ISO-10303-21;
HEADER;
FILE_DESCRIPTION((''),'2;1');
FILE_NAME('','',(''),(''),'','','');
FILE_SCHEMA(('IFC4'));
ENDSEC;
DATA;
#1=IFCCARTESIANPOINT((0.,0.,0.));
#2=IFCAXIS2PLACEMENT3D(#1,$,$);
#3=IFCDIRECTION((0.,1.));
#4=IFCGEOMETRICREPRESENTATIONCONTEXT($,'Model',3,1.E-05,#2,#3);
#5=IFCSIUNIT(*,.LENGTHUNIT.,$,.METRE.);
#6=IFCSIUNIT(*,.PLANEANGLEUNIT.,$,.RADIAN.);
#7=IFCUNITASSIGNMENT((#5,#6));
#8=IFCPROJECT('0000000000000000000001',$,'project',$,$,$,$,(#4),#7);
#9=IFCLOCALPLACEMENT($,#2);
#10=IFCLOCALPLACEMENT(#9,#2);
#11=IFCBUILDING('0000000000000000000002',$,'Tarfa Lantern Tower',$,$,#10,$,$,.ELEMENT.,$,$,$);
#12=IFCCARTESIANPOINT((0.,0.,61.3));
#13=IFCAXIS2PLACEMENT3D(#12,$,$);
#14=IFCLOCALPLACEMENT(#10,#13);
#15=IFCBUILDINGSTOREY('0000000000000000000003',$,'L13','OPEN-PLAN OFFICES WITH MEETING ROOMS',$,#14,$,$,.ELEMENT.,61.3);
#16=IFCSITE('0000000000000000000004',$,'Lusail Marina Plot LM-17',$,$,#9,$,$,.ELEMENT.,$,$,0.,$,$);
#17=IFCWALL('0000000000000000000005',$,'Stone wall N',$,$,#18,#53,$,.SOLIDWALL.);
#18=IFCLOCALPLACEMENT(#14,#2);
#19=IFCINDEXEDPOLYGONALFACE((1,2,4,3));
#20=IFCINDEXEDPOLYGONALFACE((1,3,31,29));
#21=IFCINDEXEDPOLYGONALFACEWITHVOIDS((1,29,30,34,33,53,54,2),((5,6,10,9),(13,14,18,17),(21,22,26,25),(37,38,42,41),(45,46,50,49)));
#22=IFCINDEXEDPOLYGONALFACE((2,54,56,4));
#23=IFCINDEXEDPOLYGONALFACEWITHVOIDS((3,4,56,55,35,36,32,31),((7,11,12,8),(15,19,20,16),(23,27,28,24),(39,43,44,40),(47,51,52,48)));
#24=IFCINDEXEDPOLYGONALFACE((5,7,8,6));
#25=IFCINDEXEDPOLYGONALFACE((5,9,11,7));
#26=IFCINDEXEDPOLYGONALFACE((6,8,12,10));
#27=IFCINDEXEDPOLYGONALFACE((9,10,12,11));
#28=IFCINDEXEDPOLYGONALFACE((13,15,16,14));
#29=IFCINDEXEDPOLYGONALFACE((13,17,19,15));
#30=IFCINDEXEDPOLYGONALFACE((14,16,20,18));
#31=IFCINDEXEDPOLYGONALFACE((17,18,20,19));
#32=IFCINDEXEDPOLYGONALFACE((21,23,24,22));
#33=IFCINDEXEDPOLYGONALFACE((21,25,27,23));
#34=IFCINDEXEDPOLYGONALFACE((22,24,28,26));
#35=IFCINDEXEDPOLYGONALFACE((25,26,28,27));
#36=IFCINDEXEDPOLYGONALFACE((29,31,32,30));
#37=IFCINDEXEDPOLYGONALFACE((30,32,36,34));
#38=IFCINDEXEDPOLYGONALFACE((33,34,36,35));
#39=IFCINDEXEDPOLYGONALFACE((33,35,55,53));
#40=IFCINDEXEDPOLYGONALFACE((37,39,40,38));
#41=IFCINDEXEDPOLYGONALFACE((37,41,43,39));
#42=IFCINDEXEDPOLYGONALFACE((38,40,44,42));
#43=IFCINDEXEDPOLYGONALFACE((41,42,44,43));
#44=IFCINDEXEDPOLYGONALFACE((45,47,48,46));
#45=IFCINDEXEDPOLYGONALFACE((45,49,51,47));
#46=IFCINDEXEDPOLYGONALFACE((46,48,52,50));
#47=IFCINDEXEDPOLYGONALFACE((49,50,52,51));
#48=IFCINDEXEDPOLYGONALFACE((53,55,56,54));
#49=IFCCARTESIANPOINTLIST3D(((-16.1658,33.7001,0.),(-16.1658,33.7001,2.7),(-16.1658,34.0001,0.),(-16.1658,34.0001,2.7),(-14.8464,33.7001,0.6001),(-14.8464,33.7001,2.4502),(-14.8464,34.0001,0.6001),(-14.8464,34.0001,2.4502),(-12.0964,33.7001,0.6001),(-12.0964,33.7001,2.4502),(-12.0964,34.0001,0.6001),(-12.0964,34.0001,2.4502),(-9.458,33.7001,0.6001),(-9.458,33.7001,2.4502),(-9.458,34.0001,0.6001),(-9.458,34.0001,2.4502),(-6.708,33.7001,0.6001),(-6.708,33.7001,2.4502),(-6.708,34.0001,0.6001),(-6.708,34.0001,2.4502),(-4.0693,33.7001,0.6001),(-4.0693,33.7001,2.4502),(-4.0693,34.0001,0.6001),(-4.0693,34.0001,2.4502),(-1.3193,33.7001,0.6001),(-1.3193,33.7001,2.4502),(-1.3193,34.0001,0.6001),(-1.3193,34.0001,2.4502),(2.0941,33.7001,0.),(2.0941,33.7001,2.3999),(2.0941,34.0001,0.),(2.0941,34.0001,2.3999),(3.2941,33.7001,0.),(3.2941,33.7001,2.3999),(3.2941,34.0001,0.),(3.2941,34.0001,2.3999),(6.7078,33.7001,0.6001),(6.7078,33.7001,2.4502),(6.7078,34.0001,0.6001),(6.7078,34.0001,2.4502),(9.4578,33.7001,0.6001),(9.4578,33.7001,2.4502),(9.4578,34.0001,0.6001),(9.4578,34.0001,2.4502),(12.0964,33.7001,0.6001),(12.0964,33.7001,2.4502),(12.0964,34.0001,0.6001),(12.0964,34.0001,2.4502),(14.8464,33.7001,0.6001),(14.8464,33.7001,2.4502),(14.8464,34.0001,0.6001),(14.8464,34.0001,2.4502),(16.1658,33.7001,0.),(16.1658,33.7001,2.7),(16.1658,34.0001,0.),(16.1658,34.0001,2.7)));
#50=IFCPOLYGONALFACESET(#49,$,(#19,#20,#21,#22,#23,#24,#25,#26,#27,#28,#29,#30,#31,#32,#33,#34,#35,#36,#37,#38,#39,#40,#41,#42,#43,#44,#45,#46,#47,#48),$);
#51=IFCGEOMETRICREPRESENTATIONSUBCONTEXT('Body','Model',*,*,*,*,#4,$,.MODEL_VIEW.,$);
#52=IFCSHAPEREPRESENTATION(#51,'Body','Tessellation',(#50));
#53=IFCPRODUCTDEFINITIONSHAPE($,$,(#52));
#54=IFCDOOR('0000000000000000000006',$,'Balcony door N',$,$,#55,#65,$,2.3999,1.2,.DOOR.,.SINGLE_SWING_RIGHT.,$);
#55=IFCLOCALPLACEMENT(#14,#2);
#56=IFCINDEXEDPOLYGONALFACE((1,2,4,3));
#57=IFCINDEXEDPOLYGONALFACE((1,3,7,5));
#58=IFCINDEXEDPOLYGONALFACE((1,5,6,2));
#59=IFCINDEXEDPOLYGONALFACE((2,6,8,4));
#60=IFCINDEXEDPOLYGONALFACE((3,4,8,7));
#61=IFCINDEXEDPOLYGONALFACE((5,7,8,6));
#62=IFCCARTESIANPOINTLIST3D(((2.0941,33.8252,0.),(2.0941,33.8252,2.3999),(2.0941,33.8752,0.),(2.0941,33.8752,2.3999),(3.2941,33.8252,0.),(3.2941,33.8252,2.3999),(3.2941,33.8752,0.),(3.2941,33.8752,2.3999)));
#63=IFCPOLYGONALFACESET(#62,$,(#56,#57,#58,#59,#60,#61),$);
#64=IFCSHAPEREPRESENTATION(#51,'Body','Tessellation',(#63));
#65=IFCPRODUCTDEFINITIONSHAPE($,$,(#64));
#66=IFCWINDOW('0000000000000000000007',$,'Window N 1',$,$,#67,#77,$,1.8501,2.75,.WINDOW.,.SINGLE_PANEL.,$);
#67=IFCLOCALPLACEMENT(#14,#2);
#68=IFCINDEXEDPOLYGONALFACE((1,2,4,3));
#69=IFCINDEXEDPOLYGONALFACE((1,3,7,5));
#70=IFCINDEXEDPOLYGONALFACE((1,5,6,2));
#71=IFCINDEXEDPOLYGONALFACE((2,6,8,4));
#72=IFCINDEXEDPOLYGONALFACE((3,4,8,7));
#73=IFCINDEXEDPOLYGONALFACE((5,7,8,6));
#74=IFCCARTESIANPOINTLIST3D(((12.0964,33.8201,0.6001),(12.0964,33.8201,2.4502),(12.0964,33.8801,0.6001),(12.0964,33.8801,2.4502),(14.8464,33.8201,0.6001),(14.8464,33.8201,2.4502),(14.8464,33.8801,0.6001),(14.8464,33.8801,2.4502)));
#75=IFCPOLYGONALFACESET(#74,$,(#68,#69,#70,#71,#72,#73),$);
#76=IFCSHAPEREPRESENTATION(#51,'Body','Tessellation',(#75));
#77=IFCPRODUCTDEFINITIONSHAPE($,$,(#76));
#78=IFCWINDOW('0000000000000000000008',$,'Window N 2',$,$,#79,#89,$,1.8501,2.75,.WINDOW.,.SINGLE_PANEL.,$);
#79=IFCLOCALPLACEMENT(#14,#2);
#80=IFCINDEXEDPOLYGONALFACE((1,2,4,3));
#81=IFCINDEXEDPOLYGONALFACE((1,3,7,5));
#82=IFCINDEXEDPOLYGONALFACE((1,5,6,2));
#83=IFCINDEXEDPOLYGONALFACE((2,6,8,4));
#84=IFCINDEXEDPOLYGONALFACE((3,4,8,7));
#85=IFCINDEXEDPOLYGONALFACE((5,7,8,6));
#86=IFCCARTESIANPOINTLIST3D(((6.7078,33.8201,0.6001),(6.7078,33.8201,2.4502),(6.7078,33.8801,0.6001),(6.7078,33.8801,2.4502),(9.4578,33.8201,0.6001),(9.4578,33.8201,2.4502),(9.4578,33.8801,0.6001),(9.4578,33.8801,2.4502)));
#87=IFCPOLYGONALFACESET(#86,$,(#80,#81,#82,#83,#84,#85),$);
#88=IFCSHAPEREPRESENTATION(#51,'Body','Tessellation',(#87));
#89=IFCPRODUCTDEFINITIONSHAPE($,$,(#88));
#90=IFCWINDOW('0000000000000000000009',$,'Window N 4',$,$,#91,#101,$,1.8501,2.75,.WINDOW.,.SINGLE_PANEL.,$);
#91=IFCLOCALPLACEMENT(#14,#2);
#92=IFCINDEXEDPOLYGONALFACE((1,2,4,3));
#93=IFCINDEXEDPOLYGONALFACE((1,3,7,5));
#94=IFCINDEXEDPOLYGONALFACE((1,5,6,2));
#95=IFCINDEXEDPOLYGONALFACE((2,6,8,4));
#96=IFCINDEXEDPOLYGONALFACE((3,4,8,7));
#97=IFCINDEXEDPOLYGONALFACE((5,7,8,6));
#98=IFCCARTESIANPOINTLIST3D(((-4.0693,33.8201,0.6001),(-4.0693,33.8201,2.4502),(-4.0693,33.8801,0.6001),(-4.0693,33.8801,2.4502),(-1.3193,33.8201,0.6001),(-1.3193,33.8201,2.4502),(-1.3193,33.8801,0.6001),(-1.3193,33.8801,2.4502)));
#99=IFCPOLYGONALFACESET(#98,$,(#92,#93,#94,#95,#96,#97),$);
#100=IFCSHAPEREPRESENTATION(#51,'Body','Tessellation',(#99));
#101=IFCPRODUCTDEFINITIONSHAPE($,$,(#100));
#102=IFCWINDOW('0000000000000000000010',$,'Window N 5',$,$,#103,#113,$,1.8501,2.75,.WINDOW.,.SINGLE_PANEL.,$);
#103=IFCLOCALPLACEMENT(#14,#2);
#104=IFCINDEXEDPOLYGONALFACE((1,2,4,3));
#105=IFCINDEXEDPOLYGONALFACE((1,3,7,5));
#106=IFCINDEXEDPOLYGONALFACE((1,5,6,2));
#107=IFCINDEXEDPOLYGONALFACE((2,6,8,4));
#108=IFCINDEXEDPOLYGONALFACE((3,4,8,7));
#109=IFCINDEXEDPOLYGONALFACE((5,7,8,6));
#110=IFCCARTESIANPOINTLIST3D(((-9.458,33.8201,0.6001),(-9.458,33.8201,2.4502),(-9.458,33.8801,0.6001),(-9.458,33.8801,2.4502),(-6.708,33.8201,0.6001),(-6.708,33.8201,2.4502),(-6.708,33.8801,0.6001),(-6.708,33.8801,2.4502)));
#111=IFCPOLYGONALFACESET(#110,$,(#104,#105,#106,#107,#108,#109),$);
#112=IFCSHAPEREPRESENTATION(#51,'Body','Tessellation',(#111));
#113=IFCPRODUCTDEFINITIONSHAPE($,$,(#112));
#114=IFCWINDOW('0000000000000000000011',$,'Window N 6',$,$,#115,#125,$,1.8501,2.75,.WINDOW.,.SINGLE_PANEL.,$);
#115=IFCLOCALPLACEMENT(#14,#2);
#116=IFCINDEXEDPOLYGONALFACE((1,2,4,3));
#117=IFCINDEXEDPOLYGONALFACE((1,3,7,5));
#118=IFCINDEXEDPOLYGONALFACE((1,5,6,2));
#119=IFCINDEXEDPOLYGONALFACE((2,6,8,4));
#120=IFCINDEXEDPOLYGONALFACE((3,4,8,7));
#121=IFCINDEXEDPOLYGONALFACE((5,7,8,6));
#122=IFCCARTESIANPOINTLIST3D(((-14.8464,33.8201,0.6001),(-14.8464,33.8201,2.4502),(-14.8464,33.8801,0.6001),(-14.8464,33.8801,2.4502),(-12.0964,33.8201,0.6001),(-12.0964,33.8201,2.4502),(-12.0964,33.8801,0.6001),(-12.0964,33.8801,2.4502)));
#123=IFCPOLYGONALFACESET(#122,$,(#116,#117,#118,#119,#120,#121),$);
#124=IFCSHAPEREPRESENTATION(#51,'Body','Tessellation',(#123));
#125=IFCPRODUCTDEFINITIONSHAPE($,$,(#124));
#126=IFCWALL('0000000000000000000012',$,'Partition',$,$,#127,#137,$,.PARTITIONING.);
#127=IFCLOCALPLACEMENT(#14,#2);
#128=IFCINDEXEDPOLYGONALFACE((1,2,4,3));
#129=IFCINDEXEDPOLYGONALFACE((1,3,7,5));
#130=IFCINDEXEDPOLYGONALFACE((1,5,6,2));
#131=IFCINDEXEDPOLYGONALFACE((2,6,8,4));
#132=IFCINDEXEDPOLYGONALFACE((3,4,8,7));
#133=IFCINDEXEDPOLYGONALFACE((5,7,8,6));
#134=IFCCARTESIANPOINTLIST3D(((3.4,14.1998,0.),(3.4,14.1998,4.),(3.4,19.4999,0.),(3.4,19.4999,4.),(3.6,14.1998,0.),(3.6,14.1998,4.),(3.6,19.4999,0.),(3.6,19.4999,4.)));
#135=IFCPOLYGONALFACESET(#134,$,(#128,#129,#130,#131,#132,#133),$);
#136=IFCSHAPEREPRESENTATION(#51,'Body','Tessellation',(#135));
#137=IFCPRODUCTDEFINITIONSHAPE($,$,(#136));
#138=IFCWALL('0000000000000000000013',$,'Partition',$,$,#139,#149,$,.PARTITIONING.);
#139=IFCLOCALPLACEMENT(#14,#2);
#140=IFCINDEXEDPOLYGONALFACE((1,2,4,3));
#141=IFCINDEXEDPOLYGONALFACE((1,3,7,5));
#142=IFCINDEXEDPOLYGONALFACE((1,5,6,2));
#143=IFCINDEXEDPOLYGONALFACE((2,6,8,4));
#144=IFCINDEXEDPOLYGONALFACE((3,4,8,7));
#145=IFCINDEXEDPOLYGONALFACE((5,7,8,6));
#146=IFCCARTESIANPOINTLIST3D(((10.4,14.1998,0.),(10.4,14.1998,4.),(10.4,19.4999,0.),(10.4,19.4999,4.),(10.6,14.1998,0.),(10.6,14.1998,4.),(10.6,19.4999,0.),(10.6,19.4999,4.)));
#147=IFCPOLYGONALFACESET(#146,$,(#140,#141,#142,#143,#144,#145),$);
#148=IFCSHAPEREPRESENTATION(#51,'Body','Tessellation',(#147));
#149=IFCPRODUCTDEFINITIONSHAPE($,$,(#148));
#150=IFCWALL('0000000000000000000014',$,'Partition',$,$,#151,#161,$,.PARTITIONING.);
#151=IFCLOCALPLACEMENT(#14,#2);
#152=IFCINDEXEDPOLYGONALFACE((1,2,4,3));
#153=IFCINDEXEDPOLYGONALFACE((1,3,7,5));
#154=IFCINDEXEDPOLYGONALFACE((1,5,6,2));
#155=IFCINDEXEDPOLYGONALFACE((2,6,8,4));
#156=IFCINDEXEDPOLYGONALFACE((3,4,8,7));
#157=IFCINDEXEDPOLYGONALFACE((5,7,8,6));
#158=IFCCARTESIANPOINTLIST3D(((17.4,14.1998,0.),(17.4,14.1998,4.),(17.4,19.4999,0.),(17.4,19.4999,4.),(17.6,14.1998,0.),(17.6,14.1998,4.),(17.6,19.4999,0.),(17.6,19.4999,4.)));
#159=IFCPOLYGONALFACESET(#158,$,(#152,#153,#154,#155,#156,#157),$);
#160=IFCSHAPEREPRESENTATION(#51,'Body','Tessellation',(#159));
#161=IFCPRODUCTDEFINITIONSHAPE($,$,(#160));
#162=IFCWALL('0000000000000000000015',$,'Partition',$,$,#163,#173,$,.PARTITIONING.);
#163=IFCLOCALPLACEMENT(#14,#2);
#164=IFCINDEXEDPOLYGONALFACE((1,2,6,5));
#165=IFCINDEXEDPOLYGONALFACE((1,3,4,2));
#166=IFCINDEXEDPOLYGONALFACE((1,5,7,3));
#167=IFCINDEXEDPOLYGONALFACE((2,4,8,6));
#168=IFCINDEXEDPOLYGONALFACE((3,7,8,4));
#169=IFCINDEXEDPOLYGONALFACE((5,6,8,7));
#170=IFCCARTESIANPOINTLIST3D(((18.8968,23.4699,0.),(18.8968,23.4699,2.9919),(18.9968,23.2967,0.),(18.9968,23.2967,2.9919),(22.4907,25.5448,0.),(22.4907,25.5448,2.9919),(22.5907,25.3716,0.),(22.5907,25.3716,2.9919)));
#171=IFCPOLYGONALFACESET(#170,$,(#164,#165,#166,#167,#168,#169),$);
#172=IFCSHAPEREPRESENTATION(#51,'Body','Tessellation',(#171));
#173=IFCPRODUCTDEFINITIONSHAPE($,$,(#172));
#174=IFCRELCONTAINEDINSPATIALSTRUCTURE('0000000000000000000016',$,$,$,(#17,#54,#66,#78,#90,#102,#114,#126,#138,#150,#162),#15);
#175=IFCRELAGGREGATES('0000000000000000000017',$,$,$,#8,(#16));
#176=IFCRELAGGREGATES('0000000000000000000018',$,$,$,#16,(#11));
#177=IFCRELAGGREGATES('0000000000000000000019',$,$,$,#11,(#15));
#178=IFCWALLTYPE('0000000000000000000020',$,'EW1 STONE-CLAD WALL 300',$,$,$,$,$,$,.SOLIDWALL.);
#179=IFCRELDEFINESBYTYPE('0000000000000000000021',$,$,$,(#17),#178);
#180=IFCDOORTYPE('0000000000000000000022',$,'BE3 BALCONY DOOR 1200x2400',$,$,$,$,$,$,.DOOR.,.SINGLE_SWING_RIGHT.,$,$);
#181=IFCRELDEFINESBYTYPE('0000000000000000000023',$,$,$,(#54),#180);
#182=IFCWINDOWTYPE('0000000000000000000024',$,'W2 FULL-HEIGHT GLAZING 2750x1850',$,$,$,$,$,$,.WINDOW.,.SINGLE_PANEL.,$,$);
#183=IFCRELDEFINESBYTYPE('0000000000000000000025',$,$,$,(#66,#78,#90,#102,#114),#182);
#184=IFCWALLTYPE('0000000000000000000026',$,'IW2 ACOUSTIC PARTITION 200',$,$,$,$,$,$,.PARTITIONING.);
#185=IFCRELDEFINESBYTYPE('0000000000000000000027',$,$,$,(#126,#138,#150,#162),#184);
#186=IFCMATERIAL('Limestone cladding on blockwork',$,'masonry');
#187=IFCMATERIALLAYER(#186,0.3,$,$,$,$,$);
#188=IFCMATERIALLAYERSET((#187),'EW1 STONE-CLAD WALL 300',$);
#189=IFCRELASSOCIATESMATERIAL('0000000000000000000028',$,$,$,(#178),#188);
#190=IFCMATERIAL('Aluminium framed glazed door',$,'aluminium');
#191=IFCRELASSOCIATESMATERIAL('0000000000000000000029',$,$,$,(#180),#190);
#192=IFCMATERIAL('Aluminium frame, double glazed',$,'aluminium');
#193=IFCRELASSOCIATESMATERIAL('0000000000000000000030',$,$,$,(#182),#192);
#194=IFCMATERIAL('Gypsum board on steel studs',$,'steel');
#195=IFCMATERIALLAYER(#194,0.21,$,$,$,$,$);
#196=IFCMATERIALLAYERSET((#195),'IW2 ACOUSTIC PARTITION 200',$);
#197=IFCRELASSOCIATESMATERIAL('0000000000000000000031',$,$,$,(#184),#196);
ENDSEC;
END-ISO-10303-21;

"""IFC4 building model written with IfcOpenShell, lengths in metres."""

from ifc_helpers import new_model, si_unit, direction, frame, frame_2d, origin, place, context, subcontext, project, spatial, rectangle, extrude, material, layer, layer_set, type_object, element, fill, save


model = new_model("IFC4")

# Units and contexts
model_context = context("Model", 3, precision=1e-05, world=origin(), true_north=direction((0.0, 1.0)))
body_context = subcontext(model_context, "Body", "Model", "MODEL_VIEW")
ifc_project = project(units=[si_unit("LENGTHUNIT", "METRE"), si_unit("PLANEANGLEUNIT", "RADIAN")], contexts=[model_context])

# Site, building, storey
site_placement = place(None, origin())
site = spatial("IfcSite", under=ifc_project, at=site_placement, Name="Lusail Marina Plot LM-17", CompositionType="ELEMENT", RefElevation=0.0)
building_placement = place(site_placement, origin())
building = spatial("IfcBuilding", under=site, at=building_placement, Name="Tarfa Lantern Tower", CompositionType="ELEMENT")
storey_placement = place(building_placement, frame((0.0, 0.0, 61.3)))
storey = spatial("IfcBuildingStorey", under=building, at=storey_placement, Name="L13", Description="OPEN-PLAN OFFICES WITH MEETING ROOMS", CompositionType="ELEMENT", Elevation=61.3)

# Wall, openings, door, windows
ifc_material_1 = material(Name="Limestone cladding on blockwork", Category="masonry")
ifc_layer_1 = layer(ifc_material_1, 0.3)
ifc_layer_set_1 = layer_set([ifc_layer_1], Name="EW1 STONE-CLAD WALL 300")
wall_type_1 = type_object("IfcWallType", Name="EW1 STONE-CLAD WALL 300", PredefinedType="SOLIDWALL", material=ifc_layer_set_1)
wall_1_placement = place(storey_placement, frame((16.1658, 33.8501, 0.0), z_axis=(0.0, 0.0, 1.0), x_axis=(-1.0, 0.0, 0.0)))
wall_1 = element("IfcWall", 1, at=wall_1_placement, inside=storey, type_object=wall_type_1, Name="Stone wall N", PredefinedType="SOLIDWALL", context=body_context, shape_type="SweptSolid", body=[
    extrude(rectangle(XDim=32.3315, YDim=0.3, at=frame_2d((16.1658, 0.0))), origin(), (0.0, 0.0, 1.0), 2.7),
])
opening_1_placement = place(wall_1_placement, frame((1.3193, 0.0, 0.6001)))
opening_1 = element("IfcOpeningElement", 2, at=opening_1_placement, cuts=wall_1, PredefinedType="OPENING", context=body_context, shape_type="SweptSolid", body=[
    extrude(rectangle(XDim=2.75, YDim=1.8501, at=frame_2d((1.375, 0.925))), frame((0.0, 0.1599, 0.0), z_axis=(0.0, -1.0, 0.0), x_axis=(1.0, 0.0, 0.0)), (0.0, 0.0, 1.0), 0.3201),
])
opening_2_placement = place(wall_1_placement, frame((6.708, 0.0, 0.6001)))
opening_2 = element("IfcOpeningElement", 3, at=opening_2_placement, cuts=wall_1, PredefinedType="OPENING", context=body_context, shape_type="SweptSolid", body=[
    extrude(rectangle(XDim=2.75, YDim=1.8501, at=frame_2d((1.375, 0.925))), frame((0.0, 0.1599, 0.0), z_axis=(0.0, -1.0, 0.0), x_axis=(1.0, 0.0, 0.0)), (0.0, 0.0, 1.0), 0.3201),
])
opening_3_placement = place(wall_1_placement, frame((12.8716, 0.0, 0.0)))
opening_3 = element("IfcOpeningElement", 4, at=opening_3_placement, cuts=wall_1, PredefinedType="OPENING", context=body_context, shape_type="SweptSolid", body=[
    extrude(rectangle(XDim=1.2, YDim=2.3999, at=frame_2d((0.6001, 1.2))), frame((0.0, 0.1599, 0.0), z_axis=(0.0, -1.0, 0.0), x_axis=(1.0, 0.0, 0.0)), (0.0, 0.0, 1.0), 0.3201),
])
opening_4_placement = place(wall_1_placement, frame((17.4851, 0.0, 0.6001)))
opening_4 = element("IfcOpeningElement", 5, at=opening_4_placement, cuts=wall_1, PredefinedType="OPENING", context=body_context, shape_type="SweptSolid", body=[
    extrude(rectangle(XDim=2.75, YDim=1.8501, at=frame_2d((1.375, 0.925))), frame((0.0, 0.1599, 0.0), z_axis=(0.0, -1.0, 0.0), x_axis=(1.0, 0.0, 0.0)), (0.0, 0.0, 1.0), 0.3201),
])
opening_5_placement = place(wall_1_placement, frame((22.8738, 0.0, 0.6001)))
opening_5 = element("IfcOpeningElement", 6, at=opening_5_placement, cuts=wall_1, PredefinedType="OPENING", context=body_context, shape_type="SweptSolid", body=[
    extrude(rectangle(XDim=2.75, YDim=1.8501, at=frame_2d((1.375, 0.925))), frame((0.0, 0.1599, 0.0), z_axis=(0.0, -1.0, 0.0), x_axis=(1.0, 0.0, 0.0)), (0.0, 0.0, 1.0), 0.3201),
])
opening_6_placement = place(wall_1_placement, frame((28.2622, 0.0, 0.6001)))
opening_6 = element("IfcOpeningElement", 7, at=opening_6_placement, cuts=wall_1, PredefinedType="OPENING", context=body_context, shape_type="SweptSolid", body=[
    extrude(rectangle(XDim=2.75, YDim=1.8501, at=frame_2d((1.375, 0.925))), frame((0.0, 0.1599, 0.0), z_axis=(0.0, -1.0, 0.0), x_axis=(1.0, 0.0, 0.0)), (0.0, 0.0, 1.0), 0.3201),
])
ifc_material_2 = material(Name="Aluminium framed glazed door", Category="aluminium")
door_type = type_object("IfcDoorType", Name="BE3 BALCONY DOOR 1200x2400", OperationType="SINGLE_SWING_RIGHT", PredefinedType="DOOR", material=ifc_material_2)
door_placement = place(opening_3_placement, origin())
door = element("IfcDoor", 8, at=door_placement, inside=storey, type_object=door_type, Name="Balcony door N", OperationType="SINGLE_SWING_RIGHT", OverallHeight=2.3999, OverallWidth=1.2, PredefinedType="DOOR", context=body_context, shape_type="SweptSolid", body=[
    extrude(rectangle(XDim=1.2, YDim=2.3999, at=frame_2d((0.6001, 1.2))), frame((0.0, 0.0249, 0.0), z_axis=(0.0, -1.0, 0.0), x_axis=(1.0, 0.0, 0.0)), (0.0, 0.0, 1.0), 0.05),
])
fill(opening_3, door)
ifc_material_3 = material(Name="Aluminium frame, double glazed", Category="aluminium")
window_type = type_object("IfcWindowType", Name="W2 FULL-HEIGHT GLAZING 2750x1850", PartitioningType="SINGLE_PANEL", PredefinedType="WINDOW", material=ifc_material_3)
window_1_placement = place(opening_1_placement, origin())
window_1 = element("IfcWindow", 9, at=window_1_placement, inside=storey, type_object=window_type, Name="Window N 1", OverallHeight=1.8501, OverallWidth=2.75, PartitioningType="SINGLE_PANEL", PredefinedType="WINDOW", context=body_context, shape_type="SweptSolid", body=[
    extrude(rectangle(XDim=2.75, YDim=1.8501, at=frame_2d((1.375, 0.925))), frame((0.0, 0.03, 0.0), z_axis=(0.0, -1.0, 0.0), x_axis=(1.0, 0.0, 0.0)), (0.0, 0.0, 1.0), 0.0601),
])
fill(opening_1, window_1)
window_2_placement = place(opening_2_placement, origin())
window_2 = element("IfcWindow", 10, at=window_2_placement, inside=storey, type_object=window_type, Name="Window N 2", OverallHeight=1.8501, OverallWidth=2.75, PartitioningType="SINGLE_PANEL", PredefinedType="WINDOW", context=body_context, shape_type="SweptSolid", body=[
    extrude(rectangle(XDim=2.75, YDim=1.8501, at=frame_2d((1.375, 0.925))), frame((0.0, 0.03, 0.0), z_axis=(0.0, -1.0, 0.0), x_axis=(1.0, 0.0, 0.0)), (0.0, 0.0, 1.0), 0.0601),
])
fill(opening_2, window_2)
window_3_placement = place(opening_4_placement, origin())
window_3 = element("IfcWindow", 11, at=window_3_placement, inside=storey, type_object=window_type, Name="Window N 4", OverallHeight=1.8501, OverallWidth=2.75, PartitioningType="SINGLE_PANEL", PredefinedType="WINDOW", context=body_context, shape_type="SweptSolid", body=[
    extrude(rectangle(XDim=2.75, YDim=1.8501, at=frame_2d((1.375, 0.925))), frame((0.0, 0.03, 0.0), z_axis=(0.0, -1.0, 0.0), x_axis=(1.0, 0.0, 0.0)), (0.0, 0.0, 1.0), 0.0601),
])
fill(opening_4, window_3)
window_4_placement = place(opening_5_placement, origin())
window_4 = element("IfcWindow", 12, at=window_4_placement, inside=storey, type_object=window_type, Name="Window N 5", OverallHeight=1.8501, OverallWidth=2.75, PartitioningType="SINGLE_PANEL", PredefinedType="WINDOW", context=body_context, shape_type="SweptSolid", body=[
    extrude(rectangle(XDim=2.75, YDim=1.8501, at=frame_2d((1.375, 0.925))), frame((0.0, 0.03, 0.0), z_axis=(0.0, -1.0, 0.0), x_axis=(1.0, 0.0, 0.0)), (0.0, 0.0, 1.0), 0.0601),
])
fill(opening_5, window_4)
window_5_placement = place(opening_6_placement, origin())
window_5 = element("IfcWindow", 13, at=window_5_placement, inside=storey, type_object=window_type, Name="Window N 6", OverallHeight=1.8501, OverallWidth=2.75, PartitioningType="SINGLE_PANEL", PredefinedType="WINDOW", context=body_context, shape_type="SweptSolid", body=[
    extrude(rectangle(XDim=2.75, YDim=1.8501, at=frame_2d((1.375, 0.925))), frame((0.0, 0.03, 0.0), z_axis=(0.0, -1.0, 0.0), x_axis=(1.0, 0.0, 0.0)), (0.0, 0.0, 1.0), 0.0601),
])
fill(opening_6, window_5)

# Walls
ifc_material_4 = material(Name="Gypsum board on steel studs", Category="steel")
ifc_layer_2 = layer(ifc_material_4, 0.21)
ifc_layer_set_2 = layer_set([ifc_layer_2], Name="IW2 ACOUSTIC PARTITION 200")
wall_type_2 = type_object("IfcWallType", Name="IW2 ACOUSTIC PARTITION 200", PredefinedType="PARTITIONING", material=ifc_layer_set_2)
for number, where, z_axis, x_axis, name in (
    (14, (3.5, 14.2, 0.0), (0.0, 0.0, 1.0), (0.0, 1.0, 0.0), "Partition"),
    (15, (10.5, 14.2, 0.0), (0.0, 0.0, 1.0), (0.0, 1.0, 0.0), "Partition"),
    (16, (17.5, 14.2, 0.0), (0.0, 0.0, 1.0), (0.0, 1.0, 0.0), "Partition"),
):
    element("IfcWall", number, at=place(storey_placement, frame(where, z_axis=z_axis, x_axis=x_axis)), inside=storey, type_object=wall_type_2, Name=name, PredefinedType="PARTITIONING", context=body_context, shape_type="SweptSolid", body=[
        extrude(rectangle(XDim=5.3, YDim=0.2, at=frame_2d((2.6499, 0.0))), origin(), (0.0, 0.0, 1.0), 4.0),
    ])
wall_2_placement = place(storey_placement, frame((18.9468, 23.3833, 0.0), z_axis=(0.0, 0.0, 1.0), x_axis=(0.86603, 0.499992, 0.0)))
element("IfcWall", 17, at=wall_2_placement, inside=storey, type_object=wall_type_2, Name="Partition", PredefinedType="PARTITIONING", context=body_context, shape_type="SweptSolid", body=[
    extrude(rectangle(XDim=4.1499, YDim=0.2, at=frame_2d((2.075, 0.0))), origin(), (0.0, 0.0, 1.0), 2.9919),
])

save(model, "model.ifc")
